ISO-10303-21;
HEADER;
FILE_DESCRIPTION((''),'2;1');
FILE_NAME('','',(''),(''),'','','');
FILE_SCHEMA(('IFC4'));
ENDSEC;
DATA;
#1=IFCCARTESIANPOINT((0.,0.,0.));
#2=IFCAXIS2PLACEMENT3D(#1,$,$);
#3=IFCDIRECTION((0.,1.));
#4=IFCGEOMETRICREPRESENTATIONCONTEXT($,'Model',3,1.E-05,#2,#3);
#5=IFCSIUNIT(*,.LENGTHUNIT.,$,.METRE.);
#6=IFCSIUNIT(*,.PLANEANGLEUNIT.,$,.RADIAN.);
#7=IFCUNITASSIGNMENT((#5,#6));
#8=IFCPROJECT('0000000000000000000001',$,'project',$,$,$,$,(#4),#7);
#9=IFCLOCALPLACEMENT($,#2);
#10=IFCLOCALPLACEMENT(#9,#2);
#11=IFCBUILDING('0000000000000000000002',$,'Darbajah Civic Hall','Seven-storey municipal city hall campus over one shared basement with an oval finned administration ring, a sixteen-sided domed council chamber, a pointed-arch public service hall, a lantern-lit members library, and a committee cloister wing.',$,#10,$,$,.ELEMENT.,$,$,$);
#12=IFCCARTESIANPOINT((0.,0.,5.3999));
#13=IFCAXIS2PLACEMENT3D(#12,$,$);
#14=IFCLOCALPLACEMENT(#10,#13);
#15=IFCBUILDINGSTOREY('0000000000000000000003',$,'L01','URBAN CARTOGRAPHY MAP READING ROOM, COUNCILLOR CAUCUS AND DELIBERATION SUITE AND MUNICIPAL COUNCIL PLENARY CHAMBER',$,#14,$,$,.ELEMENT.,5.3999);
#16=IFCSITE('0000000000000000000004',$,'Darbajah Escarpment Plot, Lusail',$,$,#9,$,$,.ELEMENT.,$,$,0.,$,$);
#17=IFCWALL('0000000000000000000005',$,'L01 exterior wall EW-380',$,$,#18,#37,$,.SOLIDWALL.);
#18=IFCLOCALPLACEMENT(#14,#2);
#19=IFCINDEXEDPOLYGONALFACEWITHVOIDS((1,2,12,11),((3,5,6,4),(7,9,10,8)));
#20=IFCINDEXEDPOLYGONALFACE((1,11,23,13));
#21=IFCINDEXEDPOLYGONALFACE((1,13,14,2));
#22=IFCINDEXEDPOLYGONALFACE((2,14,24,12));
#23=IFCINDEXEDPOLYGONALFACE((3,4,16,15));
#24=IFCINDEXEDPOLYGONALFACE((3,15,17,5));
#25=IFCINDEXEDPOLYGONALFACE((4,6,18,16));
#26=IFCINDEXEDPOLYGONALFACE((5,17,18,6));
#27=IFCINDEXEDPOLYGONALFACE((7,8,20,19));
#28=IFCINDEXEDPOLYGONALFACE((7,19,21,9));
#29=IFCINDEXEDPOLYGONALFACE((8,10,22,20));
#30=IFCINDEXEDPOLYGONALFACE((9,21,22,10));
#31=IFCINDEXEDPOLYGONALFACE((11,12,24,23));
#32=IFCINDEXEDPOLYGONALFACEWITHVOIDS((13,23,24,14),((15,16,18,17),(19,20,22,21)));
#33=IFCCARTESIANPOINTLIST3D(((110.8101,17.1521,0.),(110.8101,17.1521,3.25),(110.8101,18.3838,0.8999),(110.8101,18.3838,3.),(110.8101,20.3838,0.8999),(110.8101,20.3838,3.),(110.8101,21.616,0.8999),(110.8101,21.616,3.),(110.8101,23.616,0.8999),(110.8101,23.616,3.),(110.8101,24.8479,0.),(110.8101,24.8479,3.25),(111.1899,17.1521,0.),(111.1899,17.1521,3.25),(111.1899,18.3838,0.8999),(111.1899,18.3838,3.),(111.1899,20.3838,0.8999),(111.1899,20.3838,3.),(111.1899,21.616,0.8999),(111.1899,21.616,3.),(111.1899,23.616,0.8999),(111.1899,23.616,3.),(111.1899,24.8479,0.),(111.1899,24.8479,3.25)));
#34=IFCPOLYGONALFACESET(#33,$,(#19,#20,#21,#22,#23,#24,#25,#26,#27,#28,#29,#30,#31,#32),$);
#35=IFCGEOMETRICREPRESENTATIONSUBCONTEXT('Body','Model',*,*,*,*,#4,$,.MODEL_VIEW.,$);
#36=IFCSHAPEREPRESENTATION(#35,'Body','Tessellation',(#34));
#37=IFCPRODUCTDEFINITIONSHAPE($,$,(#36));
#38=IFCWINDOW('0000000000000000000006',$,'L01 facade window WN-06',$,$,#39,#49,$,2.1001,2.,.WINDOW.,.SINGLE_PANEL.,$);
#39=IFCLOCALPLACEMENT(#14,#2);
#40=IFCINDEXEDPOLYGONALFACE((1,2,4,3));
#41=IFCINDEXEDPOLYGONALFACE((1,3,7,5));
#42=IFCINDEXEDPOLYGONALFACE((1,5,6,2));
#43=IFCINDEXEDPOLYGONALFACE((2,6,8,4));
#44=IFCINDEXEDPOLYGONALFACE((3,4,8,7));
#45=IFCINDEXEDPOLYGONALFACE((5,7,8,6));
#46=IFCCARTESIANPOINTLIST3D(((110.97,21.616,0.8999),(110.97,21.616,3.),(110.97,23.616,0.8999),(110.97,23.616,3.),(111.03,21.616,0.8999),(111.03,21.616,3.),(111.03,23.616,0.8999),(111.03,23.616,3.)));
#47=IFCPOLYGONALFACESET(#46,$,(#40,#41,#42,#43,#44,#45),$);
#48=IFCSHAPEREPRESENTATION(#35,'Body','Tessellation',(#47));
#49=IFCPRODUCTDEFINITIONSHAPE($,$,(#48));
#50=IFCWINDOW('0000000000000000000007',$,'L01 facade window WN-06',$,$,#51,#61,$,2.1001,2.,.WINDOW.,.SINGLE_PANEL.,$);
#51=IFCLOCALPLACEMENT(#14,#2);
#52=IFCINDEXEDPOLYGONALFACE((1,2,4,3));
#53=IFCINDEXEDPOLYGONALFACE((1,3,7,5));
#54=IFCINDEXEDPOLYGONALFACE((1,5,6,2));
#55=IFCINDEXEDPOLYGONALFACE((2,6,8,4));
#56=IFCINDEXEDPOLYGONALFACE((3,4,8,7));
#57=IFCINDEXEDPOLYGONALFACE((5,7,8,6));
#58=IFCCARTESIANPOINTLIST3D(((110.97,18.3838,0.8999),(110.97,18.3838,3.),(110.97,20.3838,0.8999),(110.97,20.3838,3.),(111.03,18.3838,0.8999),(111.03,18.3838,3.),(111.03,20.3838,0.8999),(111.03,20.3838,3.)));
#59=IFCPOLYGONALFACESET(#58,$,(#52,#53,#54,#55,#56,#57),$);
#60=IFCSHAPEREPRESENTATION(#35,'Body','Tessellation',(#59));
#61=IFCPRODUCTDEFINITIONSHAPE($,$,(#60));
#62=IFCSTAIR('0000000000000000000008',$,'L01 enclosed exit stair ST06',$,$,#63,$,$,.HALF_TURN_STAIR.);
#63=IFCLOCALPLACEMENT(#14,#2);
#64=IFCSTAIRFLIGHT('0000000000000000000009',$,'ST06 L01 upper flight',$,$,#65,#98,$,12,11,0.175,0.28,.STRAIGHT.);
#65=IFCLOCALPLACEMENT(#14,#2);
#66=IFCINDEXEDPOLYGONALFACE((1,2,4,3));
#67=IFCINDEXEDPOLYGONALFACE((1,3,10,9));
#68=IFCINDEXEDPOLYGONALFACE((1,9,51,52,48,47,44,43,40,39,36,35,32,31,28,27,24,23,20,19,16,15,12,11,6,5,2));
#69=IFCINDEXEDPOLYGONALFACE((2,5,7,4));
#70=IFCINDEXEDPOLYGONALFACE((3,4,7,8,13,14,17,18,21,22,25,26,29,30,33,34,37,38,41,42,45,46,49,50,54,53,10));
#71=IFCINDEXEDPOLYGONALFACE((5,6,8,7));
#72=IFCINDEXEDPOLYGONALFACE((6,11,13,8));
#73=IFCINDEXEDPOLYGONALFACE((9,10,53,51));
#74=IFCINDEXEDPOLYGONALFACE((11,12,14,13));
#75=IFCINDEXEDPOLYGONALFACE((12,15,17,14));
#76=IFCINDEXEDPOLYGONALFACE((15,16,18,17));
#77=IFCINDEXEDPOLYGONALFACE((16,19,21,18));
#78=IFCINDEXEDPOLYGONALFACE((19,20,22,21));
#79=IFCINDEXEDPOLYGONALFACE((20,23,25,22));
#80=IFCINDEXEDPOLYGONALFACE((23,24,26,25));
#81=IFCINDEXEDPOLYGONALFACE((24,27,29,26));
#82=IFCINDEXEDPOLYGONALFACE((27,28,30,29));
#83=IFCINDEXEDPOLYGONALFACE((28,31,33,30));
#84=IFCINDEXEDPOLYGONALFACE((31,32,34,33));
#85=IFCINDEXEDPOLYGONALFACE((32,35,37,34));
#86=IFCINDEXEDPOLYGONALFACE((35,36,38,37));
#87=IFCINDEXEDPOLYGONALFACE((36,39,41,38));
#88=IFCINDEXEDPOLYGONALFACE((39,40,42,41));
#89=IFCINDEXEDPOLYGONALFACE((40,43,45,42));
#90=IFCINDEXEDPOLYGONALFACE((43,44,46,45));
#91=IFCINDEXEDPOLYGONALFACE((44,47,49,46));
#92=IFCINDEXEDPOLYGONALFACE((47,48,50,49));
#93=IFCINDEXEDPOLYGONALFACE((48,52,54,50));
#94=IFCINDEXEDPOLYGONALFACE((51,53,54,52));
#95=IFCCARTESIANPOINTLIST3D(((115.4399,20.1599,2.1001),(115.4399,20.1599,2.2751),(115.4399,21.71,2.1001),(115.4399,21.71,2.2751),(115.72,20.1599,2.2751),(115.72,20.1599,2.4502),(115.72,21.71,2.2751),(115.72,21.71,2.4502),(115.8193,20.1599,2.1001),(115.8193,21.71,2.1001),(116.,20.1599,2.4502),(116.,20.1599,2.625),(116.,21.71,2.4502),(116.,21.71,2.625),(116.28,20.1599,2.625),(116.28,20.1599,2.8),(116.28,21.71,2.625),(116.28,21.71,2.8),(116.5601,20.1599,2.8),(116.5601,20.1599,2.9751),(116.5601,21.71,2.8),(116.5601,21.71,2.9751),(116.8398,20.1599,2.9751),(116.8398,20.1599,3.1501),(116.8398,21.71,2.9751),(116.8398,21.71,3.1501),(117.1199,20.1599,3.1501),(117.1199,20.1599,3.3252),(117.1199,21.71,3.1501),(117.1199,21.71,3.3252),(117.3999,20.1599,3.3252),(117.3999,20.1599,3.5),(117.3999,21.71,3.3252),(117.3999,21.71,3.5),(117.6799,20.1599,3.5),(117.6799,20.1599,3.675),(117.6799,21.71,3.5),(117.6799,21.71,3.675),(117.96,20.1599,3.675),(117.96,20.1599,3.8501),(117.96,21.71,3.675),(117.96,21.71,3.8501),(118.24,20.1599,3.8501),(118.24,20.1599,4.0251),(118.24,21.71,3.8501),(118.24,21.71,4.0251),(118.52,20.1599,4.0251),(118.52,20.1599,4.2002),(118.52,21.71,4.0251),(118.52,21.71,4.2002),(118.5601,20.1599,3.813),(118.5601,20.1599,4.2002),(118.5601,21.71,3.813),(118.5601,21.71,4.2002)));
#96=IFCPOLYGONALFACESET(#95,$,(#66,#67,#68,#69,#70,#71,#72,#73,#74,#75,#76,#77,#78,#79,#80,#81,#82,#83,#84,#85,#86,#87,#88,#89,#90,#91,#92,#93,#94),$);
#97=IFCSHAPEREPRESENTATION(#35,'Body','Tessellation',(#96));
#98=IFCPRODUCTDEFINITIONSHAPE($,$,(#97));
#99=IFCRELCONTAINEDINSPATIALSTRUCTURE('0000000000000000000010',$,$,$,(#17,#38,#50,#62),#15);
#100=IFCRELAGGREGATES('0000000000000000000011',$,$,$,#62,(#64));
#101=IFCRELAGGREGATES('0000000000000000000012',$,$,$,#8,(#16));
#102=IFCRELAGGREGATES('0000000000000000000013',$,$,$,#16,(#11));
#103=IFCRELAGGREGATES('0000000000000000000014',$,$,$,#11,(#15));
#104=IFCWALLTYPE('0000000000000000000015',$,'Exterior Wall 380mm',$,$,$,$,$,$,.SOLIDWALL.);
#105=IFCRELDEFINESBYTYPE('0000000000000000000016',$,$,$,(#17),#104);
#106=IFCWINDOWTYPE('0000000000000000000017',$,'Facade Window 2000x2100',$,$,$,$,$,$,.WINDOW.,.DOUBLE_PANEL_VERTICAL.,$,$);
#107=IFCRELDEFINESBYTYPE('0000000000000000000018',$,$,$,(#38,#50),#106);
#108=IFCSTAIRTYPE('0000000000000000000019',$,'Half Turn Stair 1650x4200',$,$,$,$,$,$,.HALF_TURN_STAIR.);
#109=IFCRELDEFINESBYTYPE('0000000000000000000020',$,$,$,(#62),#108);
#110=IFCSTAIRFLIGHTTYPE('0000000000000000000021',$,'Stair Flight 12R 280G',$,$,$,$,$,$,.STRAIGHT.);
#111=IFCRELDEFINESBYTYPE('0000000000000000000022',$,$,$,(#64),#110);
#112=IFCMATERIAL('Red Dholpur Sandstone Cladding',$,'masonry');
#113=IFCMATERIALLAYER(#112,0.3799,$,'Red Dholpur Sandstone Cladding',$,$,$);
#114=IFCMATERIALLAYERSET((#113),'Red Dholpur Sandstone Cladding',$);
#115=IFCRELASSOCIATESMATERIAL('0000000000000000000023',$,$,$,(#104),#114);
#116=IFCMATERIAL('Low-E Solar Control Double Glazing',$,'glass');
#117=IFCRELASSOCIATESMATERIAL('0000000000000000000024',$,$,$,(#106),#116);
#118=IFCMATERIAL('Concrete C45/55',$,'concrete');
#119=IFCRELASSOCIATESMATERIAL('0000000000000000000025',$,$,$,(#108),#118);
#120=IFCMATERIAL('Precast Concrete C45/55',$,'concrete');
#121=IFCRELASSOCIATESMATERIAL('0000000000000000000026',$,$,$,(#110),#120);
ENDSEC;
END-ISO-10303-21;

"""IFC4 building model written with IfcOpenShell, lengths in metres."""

from ifc_helpers import new_model, si_unit, direction, frame, frame_2d, origin, place, context, subcontext, project, spatial, polyline, rectangle, outline, extrude, material, layer, layer_set, type_object, element, fill, aggregate, save


model = new_model("IFC4")

# Units and contexts
model_context = context("Model", 3, precision=1e-05, world=origin(), true_north=direction((0.0, 1.0)))
body_context = subcontext(model_context, "Body", "Model", "MODEL_VIEW")
ifc_project = project(units=[si_unit("LENGTHUNIT", "METRE"), si_unit("PLANEANGLEUNIT", "RADIAN")], contexts=[model_context])

# Site, building, storey
site_placement = place(None, origin())
site = spatial("IfcSite", under=ifc_project, at=site_placement, Name="Darbajah Escarpment Plot, Lusail", CompositionType="ELEMENT", RefElevation=0.0)
building_placement = place(site_placement, origin())
building = spatial("IfcBuilding", under=site, at=building_placement, Name="Darbajah Civic Hall", Description="Seven-storey municipal city hall campus over one shared basement with an oval finned administration ring, a sixteen-sided domed council chamber, a pointed-arch public service hall, a lantern-lit members library, and a committee cloister wing.", CompositionType="ELEMENT")
storey_placement = place(building_placement, frame((0.0, 0.0, 5.3999)))
storey = spatial("IfcBuildingStorey", under=building, at=storey_placement, Name="L01", Description="URBAN CARTOGRAPHY MAP READING ROOM, COUNCILLOR CAUCUS AND DELIBERATION SUITE AND MUNICIPAL COUNCIL PLENARY CHAMBER", CompositionType="ELEMENT", Elevation=5.3999)

# Shared definitions
ifc_material_1 = material(Name="Concrete C45/55", Category="concrete")

# Wall, openings, windows
ifc_material_2 = material(Name="Red Dholpur Sandstone Cladding", Category="masonry")
ifc_layer_1 = layer(ifc_material_2, 0.3799, Name="Red Dholpur Sandstone Cladding")
ifc_layer_set_1 = layer_set([ifc_layer_1], Name="Red Dholpur Sandstone Cladding")
wall_type_1 = type_object("IfcWallType", Name="Exterior Wall 380mm", PredefinedType="SOLIDWALL", material=ifc_layer_set_1)
wall_1_placement = place(storey_placement, frame((111.0, 24.8479, 0.0), z_axis=(0.0, 0.0, 1.0), x_axis=(0.0, -1.0, 0.0)))
wall_1 = element("IfcWall", 1, at=wall_1_placement, inside=storey, type_object=wall_type_1, Name="L01 exterior wall EW-380", PredefinedType="SOLIDWALL", context=body_context, shape_type="SweptSolid", body=[
    extrude(rectangle(XDim=7.6958, YDim=0.3799, at=frame_2d((3.8479, 0.0))), origin(), (0.0, 0.0, 1.0), 3.25),
])
opening_1_placement = place(wall_1_placement, frame((1.2319, 0.0, 0.8999)))
opening_1 = element("IfcOpeningElement", 2, at=opening_1_placement, cuts=wall_1, PredefinedType="OPENING", context=body_context, shape_type="SweptSolid", body=[
    extrude(rectangle(XDim=2.0, YDim=2.1001, at=frame_2d((1.0, 1.05))), frame((0.0, 0.2, 0.0), z_axis=(0.0, -1.0, 0.0), x_axis=(1.0, 0.0, 0.0)), (0.0, 0.0, 1.0), 0.3999),
])
opening_2_placement = place(wall_1_placement, frame((4.4641, 0.0, 0.8999)))
opening_2 = element("IfcOpeningElement", 3, at=opening_2_placement, cuts=wall_1, PredefinedType="OPENING", context=body_context, shape_type="SweptSolid", body=[
    extrude(rectangle(XDim=2.0, YDim=2.1001, at=frame_2d((1.0, 1.05))), frame((0.0, 0.2, 0.0), z_axis=(0.0, -1.0, 0.0), x_axis=(1.0, 0.0, 0.0)), (0.0, 0.0, 1.0), 0.3999),
])
ifc_material_3 = material(Name="Low-E Solar Control Double Glazing", Category="glass")
window_type = type_object("IfcWindowType", Name="Facade Window 2000x2100", PartitioningType="DOUBLE_PANEL_VERTICAL", PredefinedType="WINDOW", material=ifc_material_3)
window_1_placement = place(opening_1_placement, origin())
window_1 = element("IfcWindow", 4, at=window_1_placement, inside=storey, type_object=window_type, Name="L01 facade window WN-06", OverallHeight=2.1001, OverallWidth=2.0, PartitioningType="SINGLE_PANEL", PredefinedType="WINDOW", context=body_context, shape_type="SweptSolid", body=[
    extrude(rectangle(XDim=2.0, YDim=2.1001, at=frame_2d((1.0, 1.05))), frame((0.0, 0.03, 0.0), z_axis=(0.0, -1.0, 0.0), x_axis=(1.0, 0.0, 0.0)), (0.0, 0.0, 1.0), 0.0601),
])
fill(opening_1, window_1)
window_2_placement = place(opening_2_placement, origin())
window_2 = element("IfcWindow", 5, at=window_2_placement, inside=storey, type_object=window_type, Name="L01 facade window WN-06", OverallHeight=2.1001, OverallWidth=2.0, PartitioningType="SINGLE_PANEL", PredefinedType="WINDOW", context=body_context, shape_type="SweptSolid", body=[
    extrude(rectangle(XDim=2.0, YDim=2.1001, at=frame_2d((1.0, 1.05))), frame((0.0, 0.03, 0.0), z_axis=(0.0, -1.0, 0.0), x_axis=(1.0, 0.0, 0.0)), (0.0, 0.0, 1.0), 0.0601),
])
fill(opening_2, window_2)

# Stair, stair flight
stair_type = type_object("IfcStairType", Name="Half Turn Stair 1650x4200", PredefinedType="HALF_TURN_STAIR", material=ifc_material_1)
stair_placement = place(storey_placement, origin())
stair = element("IfcStair", 6, at=stair_placement, inside=storey, type_object=stair_type, Name="L01 enclosed exit stair ST06", PredefinedType="HALF_TURN_STAIR")
ifc_material_4 = material(Name="Precast Concrete C45/55", Category="concrete")
stair_flight_type = type_object("IfcStairFlightType", Name="Stair Flight 12R 280G", PredefinedType="STRAIGHT", material=ifc_material_4)
stair_flight_placement = place(storey_placement, frame((115.4399, 20.9351, 2.1001), z_axis=(0.0, 0.0, 1.0), x_axis=(1.0, 0.0, 0.0)))
stair_flight = element("IfcStairFlight", 7, at=stair_flight_placement, type_object=stair_flight_type, Name="ST06 L01 upper flight", NumberOfRisers=12, NumberOfTreads=11, PredefinedType="STRAIGHT", RiserHeight=0.175, TreadLength=0.28, context=body_context, shape_type="SweptSolid", body=[
    extrude(outline(polyline([(0.0, 0.0), (0.0, 0.175), (0.28, 0.175), (0.28, 0.3501), (0.5601, 0.3501), (0.5601, 0.5249), (0.8401, 0.5249), (0.8401, 0.7), (1.1201, 0.7), (1.1201, 0.875), (1.3999, 0.875), (1.3999, 1.05), (1.6799, 1.05), (1.6799, 1.2251), (1.96, 1.2251), (1.96, 1.3999), (2.24, 1.3999), (2.24, 1.575), (2.52, 1.575), (2.52, 1.75), (2.8, 1.75), (2.8, 1.925), (3.0801, 1.925), (3.0801, 2.1001), (3.1201, 2.1001), (3.1201, 1.7129), (0.3794, 0.0), (0.0, 0.0)])), frame((0.0, 0.7749, 0.0), z_axis=(0.0, -1.0, 0.0), x_axis=(1.0, 0.0, 0.0)), (0.0, 0.0, 1.0), 1.55),
])
aggregate(stair, [stair_flight])

save(model, "model.ifc")
